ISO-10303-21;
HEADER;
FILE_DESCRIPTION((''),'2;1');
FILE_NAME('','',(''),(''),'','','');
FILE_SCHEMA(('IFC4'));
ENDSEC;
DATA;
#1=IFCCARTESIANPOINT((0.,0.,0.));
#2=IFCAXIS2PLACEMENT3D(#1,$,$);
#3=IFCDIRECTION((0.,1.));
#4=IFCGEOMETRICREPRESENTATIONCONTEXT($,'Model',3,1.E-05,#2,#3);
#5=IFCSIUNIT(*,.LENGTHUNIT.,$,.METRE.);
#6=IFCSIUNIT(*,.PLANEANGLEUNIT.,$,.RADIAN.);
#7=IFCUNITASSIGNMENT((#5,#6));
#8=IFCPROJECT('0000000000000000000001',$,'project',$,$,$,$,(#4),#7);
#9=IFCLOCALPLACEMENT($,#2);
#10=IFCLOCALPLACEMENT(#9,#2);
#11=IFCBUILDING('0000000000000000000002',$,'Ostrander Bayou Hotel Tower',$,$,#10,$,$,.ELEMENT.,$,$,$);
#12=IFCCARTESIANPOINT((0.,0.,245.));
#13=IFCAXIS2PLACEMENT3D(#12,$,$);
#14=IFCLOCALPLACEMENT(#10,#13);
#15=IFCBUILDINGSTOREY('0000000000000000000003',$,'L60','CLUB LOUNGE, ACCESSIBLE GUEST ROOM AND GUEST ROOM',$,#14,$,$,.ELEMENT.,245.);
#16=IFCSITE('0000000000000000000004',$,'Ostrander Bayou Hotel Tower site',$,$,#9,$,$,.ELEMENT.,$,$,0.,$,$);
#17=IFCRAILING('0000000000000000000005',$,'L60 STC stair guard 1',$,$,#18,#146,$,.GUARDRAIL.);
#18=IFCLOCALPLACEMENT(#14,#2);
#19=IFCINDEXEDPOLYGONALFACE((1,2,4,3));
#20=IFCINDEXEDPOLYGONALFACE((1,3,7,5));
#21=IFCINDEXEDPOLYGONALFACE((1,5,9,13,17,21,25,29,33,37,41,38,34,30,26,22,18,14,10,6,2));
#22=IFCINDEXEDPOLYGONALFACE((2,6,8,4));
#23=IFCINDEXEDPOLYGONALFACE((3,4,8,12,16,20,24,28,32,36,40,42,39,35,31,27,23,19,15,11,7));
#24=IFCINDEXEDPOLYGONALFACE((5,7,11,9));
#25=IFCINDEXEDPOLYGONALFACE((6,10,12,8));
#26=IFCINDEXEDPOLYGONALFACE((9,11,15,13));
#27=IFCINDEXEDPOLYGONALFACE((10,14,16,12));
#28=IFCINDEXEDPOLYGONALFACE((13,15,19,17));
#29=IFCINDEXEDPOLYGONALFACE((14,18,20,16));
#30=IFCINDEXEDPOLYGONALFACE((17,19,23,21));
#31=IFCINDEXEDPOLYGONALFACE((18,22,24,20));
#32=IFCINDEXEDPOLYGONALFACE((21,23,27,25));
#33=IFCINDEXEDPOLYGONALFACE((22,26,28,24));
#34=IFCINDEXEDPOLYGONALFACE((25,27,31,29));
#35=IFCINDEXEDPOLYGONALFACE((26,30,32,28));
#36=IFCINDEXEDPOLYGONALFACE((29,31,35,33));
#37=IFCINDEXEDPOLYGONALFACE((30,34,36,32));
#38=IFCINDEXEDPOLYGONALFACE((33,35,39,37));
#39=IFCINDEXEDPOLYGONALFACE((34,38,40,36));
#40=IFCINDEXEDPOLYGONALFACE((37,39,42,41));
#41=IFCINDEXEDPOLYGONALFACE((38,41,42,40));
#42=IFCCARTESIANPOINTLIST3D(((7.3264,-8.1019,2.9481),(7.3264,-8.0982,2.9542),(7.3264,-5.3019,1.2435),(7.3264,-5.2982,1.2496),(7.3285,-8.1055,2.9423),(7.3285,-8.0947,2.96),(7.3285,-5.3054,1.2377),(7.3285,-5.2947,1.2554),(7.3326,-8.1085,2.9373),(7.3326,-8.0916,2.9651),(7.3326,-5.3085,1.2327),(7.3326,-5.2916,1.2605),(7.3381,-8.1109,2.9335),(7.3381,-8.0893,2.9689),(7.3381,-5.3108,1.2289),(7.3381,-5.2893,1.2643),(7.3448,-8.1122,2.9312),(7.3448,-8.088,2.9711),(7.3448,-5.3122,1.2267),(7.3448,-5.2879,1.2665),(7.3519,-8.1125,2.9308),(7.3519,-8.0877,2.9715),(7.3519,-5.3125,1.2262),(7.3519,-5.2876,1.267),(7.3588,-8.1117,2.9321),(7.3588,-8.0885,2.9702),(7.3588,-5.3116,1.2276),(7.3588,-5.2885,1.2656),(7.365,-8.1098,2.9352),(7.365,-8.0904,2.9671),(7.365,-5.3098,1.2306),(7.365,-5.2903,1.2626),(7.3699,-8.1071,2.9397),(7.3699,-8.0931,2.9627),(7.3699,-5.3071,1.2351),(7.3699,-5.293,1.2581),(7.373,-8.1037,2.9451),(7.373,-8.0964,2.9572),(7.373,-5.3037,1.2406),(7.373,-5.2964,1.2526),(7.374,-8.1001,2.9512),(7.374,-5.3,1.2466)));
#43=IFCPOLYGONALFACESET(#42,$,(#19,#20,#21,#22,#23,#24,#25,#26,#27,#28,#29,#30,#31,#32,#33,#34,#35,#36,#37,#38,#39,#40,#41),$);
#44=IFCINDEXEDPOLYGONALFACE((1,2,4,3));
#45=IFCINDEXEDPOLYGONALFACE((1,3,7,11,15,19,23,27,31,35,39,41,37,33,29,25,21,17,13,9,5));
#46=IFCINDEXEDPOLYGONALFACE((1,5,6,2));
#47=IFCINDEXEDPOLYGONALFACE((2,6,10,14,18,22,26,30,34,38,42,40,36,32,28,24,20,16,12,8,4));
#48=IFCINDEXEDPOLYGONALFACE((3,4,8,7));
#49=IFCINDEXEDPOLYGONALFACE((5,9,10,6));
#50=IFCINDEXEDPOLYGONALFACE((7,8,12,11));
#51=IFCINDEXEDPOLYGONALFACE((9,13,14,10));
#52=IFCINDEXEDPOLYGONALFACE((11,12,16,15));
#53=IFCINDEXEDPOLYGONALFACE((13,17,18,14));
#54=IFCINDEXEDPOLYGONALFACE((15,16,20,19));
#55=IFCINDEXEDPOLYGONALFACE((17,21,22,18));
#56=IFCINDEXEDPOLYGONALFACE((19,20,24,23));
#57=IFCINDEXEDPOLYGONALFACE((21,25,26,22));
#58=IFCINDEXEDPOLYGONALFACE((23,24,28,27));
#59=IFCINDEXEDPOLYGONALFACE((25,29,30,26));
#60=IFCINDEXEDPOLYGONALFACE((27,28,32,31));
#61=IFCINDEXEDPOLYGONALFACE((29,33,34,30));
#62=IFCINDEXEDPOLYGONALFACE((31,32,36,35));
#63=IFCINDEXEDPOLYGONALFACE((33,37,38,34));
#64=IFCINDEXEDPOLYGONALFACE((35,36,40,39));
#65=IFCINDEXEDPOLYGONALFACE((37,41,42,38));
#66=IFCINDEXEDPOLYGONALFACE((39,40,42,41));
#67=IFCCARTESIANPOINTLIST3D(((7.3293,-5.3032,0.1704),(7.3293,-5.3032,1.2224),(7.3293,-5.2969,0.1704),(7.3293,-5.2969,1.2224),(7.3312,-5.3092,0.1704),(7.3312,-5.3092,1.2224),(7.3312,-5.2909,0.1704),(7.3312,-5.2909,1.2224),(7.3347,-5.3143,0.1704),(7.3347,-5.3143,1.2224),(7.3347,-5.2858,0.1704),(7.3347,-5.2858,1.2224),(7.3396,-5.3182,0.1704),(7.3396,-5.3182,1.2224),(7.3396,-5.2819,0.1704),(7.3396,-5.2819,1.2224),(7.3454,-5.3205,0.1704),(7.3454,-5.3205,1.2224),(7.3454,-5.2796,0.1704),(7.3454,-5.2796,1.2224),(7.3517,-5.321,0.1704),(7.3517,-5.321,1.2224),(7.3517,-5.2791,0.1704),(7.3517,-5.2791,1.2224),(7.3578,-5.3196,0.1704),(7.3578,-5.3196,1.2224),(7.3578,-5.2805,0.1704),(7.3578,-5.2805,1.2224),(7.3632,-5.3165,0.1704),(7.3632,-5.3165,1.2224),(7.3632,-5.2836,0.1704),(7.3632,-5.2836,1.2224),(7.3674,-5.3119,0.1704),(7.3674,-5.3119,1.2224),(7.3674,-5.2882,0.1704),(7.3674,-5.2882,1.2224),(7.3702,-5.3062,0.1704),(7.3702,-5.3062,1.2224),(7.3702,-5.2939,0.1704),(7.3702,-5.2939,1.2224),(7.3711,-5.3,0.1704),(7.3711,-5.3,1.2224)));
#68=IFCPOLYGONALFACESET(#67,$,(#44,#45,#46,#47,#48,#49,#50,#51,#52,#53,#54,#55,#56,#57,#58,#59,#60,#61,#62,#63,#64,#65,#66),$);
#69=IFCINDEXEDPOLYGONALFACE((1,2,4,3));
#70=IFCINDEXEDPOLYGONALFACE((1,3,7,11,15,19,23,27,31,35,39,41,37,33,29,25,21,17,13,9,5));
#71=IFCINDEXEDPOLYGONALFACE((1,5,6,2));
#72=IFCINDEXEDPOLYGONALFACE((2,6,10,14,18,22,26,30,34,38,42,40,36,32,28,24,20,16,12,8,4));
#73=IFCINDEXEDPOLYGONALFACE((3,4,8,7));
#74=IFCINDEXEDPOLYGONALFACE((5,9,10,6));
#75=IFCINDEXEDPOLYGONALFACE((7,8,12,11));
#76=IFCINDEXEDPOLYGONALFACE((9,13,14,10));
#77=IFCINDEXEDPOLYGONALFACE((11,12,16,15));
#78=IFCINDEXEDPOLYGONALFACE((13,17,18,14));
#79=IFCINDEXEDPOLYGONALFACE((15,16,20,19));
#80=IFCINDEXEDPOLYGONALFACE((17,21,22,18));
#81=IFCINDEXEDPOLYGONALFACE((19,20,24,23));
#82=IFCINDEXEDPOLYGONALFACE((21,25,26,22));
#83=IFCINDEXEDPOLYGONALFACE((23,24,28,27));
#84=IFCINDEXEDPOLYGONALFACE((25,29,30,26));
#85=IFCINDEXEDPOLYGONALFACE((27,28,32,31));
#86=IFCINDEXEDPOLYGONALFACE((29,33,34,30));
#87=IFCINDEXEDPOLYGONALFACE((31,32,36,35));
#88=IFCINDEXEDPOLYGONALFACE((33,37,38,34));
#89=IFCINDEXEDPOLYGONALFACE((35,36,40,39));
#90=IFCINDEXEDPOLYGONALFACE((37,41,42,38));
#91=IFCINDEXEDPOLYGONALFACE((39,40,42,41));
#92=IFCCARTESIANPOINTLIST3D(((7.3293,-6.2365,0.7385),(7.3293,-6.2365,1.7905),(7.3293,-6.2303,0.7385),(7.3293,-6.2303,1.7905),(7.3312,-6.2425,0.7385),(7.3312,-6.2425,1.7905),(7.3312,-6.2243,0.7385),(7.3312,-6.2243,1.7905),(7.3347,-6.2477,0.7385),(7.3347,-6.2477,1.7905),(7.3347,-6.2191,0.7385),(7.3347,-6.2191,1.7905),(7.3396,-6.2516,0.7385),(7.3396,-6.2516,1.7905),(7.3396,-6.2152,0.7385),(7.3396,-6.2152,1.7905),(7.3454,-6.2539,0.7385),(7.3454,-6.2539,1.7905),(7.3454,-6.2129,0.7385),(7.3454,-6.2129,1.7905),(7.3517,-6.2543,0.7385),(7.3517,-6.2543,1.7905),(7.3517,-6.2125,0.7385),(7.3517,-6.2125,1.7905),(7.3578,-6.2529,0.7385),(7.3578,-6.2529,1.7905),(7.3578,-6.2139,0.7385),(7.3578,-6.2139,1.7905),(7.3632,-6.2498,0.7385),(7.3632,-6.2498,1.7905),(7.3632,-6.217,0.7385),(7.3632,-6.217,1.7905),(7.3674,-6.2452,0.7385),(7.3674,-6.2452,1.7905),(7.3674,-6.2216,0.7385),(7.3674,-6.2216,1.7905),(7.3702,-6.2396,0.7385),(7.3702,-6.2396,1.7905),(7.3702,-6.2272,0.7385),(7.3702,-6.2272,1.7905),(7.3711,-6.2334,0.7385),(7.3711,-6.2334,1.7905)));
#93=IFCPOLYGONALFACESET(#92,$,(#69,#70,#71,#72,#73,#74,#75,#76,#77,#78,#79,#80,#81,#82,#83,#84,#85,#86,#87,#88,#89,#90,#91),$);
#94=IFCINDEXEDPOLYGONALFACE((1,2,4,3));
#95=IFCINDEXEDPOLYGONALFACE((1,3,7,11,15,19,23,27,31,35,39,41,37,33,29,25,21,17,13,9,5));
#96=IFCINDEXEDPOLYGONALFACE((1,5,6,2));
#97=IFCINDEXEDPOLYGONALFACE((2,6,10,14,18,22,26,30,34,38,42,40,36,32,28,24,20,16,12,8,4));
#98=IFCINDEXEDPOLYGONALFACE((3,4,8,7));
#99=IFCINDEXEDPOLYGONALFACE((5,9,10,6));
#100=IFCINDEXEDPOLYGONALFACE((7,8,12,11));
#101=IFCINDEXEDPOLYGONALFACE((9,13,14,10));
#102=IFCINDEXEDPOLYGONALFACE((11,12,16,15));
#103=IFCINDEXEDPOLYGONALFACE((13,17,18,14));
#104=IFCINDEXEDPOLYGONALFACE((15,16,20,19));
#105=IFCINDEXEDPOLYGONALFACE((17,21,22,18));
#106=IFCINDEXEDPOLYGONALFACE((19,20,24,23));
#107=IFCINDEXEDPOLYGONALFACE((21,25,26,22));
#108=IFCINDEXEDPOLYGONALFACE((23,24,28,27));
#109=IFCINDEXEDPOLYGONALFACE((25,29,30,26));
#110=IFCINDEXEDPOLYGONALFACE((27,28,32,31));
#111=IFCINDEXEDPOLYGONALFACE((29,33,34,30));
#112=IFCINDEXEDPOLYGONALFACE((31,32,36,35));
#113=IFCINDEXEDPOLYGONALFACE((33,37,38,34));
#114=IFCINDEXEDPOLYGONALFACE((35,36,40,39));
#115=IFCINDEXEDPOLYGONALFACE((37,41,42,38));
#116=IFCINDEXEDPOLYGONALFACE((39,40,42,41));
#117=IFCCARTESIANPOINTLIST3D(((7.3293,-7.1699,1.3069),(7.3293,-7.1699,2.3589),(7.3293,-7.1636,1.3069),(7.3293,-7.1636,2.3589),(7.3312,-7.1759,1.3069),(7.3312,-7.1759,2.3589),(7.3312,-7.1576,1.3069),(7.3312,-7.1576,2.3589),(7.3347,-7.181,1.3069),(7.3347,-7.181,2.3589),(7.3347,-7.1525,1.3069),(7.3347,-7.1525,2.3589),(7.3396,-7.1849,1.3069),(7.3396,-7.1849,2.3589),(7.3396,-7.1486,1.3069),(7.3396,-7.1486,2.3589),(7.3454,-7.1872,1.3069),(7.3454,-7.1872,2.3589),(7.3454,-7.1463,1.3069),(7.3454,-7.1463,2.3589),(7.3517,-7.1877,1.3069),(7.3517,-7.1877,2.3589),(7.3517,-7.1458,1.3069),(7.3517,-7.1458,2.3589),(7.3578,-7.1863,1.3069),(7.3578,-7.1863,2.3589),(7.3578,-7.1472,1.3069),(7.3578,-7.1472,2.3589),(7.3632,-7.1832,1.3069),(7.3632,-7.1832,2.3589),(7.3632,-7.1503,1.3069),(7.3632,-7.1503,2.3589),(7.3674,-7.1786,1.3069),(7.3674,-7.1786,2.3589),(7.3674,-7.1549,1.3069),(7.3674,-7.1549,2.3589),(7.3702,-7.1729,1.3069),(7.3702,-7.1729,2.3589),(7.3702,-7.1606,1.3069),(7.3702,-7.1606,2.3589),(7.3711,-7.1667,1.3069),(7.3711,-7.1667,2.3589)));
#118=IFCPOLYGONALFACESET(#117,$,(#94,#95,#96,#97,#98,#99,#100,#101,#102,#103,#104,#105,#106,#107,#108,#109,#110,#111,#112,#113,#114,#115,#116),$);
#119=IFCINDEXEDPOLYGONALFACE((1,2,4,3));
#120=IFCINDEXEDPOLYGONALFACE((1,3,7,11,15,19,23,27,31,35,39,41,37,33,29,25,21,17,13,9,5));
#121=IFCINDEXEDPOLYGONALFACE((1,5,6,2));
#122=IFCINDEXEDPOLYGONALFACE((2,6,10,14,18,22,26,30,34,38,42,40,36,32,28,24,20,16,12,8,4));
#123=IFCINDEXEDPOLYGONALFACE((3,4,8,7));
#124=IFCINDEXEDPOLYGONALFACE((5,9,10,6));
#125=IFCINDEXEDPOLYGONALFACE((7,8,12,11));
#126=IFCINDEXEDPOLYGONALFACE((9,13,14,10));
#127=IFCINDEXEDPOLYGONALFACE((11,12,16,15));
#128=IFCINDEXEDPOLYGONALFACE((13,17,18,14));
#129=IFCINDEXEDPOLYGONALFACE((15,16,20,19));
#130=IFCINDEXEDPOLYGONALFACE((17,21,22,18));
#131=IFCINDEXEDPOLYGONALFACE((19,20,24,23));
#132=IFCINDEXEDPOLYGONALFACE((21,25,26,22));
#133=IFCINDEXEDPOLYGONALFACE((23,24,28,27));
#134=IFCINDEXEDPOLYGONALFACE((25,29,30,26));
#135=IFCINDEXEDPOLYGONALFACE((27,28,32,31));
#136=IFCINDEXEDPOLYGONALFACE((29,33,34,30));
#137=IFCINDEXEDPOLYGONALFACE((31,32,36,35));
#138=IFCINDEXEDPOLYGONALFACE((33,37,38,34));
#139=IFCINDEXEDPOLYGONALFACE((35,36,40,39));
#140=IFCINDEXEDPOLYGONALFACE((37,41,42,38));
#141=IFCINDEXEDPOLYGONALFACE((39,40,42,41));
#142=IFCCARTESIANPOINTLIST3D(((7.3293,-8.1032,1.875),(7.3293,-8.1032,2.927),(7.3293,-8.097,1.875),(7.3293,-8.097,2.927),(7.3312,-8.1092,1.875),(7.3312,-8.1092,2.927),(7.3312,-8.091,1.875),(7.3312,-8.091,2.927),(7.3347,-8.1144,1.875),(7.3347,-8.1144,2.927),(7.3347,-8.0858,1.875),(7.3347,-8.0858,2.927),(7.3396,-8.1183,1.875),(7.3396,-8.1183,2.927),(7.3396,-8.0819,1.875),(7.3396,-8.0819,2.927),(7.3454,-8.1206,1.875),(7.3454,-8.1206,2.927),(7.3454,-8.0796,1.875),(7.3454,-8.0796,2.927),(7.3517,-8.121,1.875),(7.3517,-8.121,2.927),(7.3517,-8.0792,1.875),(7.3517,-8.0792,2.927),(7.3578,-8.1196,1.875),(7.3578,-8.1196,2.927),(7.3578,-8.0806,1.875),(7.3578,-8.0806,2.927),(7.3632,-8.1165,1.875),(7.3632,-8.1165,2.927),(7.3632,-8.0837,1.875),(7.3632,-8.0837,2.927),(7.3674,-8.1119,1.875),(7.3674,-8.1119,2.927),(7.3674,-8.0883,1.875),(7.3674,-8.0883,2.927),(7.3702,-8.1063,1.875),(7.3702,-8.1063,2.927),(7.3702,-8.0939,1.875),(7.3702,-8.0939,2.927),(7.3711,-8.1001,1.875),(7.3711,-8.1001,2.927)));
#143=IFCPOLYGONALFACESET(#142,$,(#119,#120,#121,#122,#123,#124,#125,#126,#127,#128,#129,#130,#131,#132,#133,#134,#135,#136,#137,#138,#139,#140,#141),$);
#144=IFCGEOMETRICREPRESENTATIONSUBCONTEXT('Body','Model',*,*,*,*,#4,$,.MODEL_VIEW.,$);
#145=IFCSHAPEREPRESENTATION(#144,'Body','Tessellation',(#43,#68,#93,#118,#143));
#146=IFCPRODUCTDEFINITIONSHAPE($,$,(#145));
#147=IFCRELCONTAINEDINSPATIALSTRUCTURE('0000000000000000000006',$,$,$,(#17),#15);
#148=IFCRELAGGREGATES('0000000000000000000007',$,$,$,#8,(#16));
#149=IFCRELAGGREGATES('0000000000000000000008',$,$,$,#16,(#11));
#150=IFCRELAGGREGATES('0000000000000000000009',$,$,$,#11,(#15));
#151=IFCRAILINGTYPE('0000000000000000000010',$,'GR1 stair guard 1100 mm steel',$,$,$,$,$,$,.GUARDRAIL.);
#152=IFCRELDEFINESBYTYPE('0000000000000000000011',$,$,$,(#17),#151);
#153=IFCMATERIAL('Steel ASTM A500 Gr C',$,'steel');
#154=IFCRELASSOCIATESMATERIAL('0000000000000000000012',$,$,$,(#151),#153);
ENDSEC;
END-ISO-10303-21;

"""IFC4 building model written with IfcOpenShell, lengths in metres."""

from ifc_helpers import new_model, si_unit, direction, frame, origin, origin_2d, place, context, subcontext, project, spatial, circle, extrude, material, type_object, element, save


model = new_model("IFC4")

# Units and contexts
model_context = context("Model", 3, precision=1e-05, world=origin(), true_north=direction((0.0, 1.0)))
body_context = subcontext(model_context, "Body", "Model", "MODEL_VIEW")
ifc_project = project(units=[si_unit("LENGTHUNIT", "METRE"), si_unit("PLANEANGLEUNIT", "RADIAN")], contexts=[model_context])

# Site, building, storey
site_placement = place(None, origin())
site = spatial("IfcSite", under=ifc_project, at=site_placement, Name="Ostrander Bayou Hotel Tower site", CompositionType="ELEMENT", RefElevation=0.0)
building_placement = place(site_placement, origin())
building = spatial("IfcBuilding", under=site, at=building_placement, Name="Ostrander Bayou Hotel Tower", CompositionType="ELEMENT")
storey_placement = place(building_placement, frame((0.0, 0.0, 245.0)))
storey = spatial("IfcBuildingStorey", under=building, at=storey_placement, Name="L60", Description="CLUB LOUNGE, ACCESSIBLE GUEST ROOM AND GUEST ROOM", CompositionType="ELEMENT", Elevation=245.0)

# Railing
ifc_material_1 = material(Name="Steel ASTM A500 Gr C", Category="steel")
railing_type_1 = type_object("IfcRailingType", Name="GR1 stair guard 1100 mm steel", PredefinedType="GUARDRAIL", material=ifc_material_1)
railing_1_placement = place(storey_placement, frame((7.3501, -5.3, 0.1704)))
element("IfcRailing", 1, at=railing_1_placement, inside=storey, type_object=railing_type_1, Name="L60 STC stair guard 1", PredefinedType="GUARDRAIL", context=body_context, shape_type="SweptSolid", body=[
    extrude(circle(Radius=0.0239, at=origin_2d()), frame((0.0, 0.0, 1.0762), z_axis=(0.0, -0.85417, 0.519994), x_axis=(1.0, 0.0, 0.0)), (0.0, 0.0, 1.0), 3.2781),
    extrude(circle(Radius=0.021, at=origin_2d()), origin(), (0.0, 0.0, 1.0), 1.052),
    extrude(circle(Radius=0.021, at=origin_2d()), frame((0.0, -0.9333, 0.5681)), (0.0, 0.0, 1.0), 1.052),
    extrude(circle(Radius=0.021, at=origin_2d()), frame((0.0, -1.8667, 1.1365)), (0.0, 0.0, 1.0), 1.052),
    extrude(circle(Radius=0.021, at=origin_2d()), frame((0.0, -2.8, 1.7046)), (0.0, 0.0, 1.0), 1.052),
])

save(model, "model.ifc")
